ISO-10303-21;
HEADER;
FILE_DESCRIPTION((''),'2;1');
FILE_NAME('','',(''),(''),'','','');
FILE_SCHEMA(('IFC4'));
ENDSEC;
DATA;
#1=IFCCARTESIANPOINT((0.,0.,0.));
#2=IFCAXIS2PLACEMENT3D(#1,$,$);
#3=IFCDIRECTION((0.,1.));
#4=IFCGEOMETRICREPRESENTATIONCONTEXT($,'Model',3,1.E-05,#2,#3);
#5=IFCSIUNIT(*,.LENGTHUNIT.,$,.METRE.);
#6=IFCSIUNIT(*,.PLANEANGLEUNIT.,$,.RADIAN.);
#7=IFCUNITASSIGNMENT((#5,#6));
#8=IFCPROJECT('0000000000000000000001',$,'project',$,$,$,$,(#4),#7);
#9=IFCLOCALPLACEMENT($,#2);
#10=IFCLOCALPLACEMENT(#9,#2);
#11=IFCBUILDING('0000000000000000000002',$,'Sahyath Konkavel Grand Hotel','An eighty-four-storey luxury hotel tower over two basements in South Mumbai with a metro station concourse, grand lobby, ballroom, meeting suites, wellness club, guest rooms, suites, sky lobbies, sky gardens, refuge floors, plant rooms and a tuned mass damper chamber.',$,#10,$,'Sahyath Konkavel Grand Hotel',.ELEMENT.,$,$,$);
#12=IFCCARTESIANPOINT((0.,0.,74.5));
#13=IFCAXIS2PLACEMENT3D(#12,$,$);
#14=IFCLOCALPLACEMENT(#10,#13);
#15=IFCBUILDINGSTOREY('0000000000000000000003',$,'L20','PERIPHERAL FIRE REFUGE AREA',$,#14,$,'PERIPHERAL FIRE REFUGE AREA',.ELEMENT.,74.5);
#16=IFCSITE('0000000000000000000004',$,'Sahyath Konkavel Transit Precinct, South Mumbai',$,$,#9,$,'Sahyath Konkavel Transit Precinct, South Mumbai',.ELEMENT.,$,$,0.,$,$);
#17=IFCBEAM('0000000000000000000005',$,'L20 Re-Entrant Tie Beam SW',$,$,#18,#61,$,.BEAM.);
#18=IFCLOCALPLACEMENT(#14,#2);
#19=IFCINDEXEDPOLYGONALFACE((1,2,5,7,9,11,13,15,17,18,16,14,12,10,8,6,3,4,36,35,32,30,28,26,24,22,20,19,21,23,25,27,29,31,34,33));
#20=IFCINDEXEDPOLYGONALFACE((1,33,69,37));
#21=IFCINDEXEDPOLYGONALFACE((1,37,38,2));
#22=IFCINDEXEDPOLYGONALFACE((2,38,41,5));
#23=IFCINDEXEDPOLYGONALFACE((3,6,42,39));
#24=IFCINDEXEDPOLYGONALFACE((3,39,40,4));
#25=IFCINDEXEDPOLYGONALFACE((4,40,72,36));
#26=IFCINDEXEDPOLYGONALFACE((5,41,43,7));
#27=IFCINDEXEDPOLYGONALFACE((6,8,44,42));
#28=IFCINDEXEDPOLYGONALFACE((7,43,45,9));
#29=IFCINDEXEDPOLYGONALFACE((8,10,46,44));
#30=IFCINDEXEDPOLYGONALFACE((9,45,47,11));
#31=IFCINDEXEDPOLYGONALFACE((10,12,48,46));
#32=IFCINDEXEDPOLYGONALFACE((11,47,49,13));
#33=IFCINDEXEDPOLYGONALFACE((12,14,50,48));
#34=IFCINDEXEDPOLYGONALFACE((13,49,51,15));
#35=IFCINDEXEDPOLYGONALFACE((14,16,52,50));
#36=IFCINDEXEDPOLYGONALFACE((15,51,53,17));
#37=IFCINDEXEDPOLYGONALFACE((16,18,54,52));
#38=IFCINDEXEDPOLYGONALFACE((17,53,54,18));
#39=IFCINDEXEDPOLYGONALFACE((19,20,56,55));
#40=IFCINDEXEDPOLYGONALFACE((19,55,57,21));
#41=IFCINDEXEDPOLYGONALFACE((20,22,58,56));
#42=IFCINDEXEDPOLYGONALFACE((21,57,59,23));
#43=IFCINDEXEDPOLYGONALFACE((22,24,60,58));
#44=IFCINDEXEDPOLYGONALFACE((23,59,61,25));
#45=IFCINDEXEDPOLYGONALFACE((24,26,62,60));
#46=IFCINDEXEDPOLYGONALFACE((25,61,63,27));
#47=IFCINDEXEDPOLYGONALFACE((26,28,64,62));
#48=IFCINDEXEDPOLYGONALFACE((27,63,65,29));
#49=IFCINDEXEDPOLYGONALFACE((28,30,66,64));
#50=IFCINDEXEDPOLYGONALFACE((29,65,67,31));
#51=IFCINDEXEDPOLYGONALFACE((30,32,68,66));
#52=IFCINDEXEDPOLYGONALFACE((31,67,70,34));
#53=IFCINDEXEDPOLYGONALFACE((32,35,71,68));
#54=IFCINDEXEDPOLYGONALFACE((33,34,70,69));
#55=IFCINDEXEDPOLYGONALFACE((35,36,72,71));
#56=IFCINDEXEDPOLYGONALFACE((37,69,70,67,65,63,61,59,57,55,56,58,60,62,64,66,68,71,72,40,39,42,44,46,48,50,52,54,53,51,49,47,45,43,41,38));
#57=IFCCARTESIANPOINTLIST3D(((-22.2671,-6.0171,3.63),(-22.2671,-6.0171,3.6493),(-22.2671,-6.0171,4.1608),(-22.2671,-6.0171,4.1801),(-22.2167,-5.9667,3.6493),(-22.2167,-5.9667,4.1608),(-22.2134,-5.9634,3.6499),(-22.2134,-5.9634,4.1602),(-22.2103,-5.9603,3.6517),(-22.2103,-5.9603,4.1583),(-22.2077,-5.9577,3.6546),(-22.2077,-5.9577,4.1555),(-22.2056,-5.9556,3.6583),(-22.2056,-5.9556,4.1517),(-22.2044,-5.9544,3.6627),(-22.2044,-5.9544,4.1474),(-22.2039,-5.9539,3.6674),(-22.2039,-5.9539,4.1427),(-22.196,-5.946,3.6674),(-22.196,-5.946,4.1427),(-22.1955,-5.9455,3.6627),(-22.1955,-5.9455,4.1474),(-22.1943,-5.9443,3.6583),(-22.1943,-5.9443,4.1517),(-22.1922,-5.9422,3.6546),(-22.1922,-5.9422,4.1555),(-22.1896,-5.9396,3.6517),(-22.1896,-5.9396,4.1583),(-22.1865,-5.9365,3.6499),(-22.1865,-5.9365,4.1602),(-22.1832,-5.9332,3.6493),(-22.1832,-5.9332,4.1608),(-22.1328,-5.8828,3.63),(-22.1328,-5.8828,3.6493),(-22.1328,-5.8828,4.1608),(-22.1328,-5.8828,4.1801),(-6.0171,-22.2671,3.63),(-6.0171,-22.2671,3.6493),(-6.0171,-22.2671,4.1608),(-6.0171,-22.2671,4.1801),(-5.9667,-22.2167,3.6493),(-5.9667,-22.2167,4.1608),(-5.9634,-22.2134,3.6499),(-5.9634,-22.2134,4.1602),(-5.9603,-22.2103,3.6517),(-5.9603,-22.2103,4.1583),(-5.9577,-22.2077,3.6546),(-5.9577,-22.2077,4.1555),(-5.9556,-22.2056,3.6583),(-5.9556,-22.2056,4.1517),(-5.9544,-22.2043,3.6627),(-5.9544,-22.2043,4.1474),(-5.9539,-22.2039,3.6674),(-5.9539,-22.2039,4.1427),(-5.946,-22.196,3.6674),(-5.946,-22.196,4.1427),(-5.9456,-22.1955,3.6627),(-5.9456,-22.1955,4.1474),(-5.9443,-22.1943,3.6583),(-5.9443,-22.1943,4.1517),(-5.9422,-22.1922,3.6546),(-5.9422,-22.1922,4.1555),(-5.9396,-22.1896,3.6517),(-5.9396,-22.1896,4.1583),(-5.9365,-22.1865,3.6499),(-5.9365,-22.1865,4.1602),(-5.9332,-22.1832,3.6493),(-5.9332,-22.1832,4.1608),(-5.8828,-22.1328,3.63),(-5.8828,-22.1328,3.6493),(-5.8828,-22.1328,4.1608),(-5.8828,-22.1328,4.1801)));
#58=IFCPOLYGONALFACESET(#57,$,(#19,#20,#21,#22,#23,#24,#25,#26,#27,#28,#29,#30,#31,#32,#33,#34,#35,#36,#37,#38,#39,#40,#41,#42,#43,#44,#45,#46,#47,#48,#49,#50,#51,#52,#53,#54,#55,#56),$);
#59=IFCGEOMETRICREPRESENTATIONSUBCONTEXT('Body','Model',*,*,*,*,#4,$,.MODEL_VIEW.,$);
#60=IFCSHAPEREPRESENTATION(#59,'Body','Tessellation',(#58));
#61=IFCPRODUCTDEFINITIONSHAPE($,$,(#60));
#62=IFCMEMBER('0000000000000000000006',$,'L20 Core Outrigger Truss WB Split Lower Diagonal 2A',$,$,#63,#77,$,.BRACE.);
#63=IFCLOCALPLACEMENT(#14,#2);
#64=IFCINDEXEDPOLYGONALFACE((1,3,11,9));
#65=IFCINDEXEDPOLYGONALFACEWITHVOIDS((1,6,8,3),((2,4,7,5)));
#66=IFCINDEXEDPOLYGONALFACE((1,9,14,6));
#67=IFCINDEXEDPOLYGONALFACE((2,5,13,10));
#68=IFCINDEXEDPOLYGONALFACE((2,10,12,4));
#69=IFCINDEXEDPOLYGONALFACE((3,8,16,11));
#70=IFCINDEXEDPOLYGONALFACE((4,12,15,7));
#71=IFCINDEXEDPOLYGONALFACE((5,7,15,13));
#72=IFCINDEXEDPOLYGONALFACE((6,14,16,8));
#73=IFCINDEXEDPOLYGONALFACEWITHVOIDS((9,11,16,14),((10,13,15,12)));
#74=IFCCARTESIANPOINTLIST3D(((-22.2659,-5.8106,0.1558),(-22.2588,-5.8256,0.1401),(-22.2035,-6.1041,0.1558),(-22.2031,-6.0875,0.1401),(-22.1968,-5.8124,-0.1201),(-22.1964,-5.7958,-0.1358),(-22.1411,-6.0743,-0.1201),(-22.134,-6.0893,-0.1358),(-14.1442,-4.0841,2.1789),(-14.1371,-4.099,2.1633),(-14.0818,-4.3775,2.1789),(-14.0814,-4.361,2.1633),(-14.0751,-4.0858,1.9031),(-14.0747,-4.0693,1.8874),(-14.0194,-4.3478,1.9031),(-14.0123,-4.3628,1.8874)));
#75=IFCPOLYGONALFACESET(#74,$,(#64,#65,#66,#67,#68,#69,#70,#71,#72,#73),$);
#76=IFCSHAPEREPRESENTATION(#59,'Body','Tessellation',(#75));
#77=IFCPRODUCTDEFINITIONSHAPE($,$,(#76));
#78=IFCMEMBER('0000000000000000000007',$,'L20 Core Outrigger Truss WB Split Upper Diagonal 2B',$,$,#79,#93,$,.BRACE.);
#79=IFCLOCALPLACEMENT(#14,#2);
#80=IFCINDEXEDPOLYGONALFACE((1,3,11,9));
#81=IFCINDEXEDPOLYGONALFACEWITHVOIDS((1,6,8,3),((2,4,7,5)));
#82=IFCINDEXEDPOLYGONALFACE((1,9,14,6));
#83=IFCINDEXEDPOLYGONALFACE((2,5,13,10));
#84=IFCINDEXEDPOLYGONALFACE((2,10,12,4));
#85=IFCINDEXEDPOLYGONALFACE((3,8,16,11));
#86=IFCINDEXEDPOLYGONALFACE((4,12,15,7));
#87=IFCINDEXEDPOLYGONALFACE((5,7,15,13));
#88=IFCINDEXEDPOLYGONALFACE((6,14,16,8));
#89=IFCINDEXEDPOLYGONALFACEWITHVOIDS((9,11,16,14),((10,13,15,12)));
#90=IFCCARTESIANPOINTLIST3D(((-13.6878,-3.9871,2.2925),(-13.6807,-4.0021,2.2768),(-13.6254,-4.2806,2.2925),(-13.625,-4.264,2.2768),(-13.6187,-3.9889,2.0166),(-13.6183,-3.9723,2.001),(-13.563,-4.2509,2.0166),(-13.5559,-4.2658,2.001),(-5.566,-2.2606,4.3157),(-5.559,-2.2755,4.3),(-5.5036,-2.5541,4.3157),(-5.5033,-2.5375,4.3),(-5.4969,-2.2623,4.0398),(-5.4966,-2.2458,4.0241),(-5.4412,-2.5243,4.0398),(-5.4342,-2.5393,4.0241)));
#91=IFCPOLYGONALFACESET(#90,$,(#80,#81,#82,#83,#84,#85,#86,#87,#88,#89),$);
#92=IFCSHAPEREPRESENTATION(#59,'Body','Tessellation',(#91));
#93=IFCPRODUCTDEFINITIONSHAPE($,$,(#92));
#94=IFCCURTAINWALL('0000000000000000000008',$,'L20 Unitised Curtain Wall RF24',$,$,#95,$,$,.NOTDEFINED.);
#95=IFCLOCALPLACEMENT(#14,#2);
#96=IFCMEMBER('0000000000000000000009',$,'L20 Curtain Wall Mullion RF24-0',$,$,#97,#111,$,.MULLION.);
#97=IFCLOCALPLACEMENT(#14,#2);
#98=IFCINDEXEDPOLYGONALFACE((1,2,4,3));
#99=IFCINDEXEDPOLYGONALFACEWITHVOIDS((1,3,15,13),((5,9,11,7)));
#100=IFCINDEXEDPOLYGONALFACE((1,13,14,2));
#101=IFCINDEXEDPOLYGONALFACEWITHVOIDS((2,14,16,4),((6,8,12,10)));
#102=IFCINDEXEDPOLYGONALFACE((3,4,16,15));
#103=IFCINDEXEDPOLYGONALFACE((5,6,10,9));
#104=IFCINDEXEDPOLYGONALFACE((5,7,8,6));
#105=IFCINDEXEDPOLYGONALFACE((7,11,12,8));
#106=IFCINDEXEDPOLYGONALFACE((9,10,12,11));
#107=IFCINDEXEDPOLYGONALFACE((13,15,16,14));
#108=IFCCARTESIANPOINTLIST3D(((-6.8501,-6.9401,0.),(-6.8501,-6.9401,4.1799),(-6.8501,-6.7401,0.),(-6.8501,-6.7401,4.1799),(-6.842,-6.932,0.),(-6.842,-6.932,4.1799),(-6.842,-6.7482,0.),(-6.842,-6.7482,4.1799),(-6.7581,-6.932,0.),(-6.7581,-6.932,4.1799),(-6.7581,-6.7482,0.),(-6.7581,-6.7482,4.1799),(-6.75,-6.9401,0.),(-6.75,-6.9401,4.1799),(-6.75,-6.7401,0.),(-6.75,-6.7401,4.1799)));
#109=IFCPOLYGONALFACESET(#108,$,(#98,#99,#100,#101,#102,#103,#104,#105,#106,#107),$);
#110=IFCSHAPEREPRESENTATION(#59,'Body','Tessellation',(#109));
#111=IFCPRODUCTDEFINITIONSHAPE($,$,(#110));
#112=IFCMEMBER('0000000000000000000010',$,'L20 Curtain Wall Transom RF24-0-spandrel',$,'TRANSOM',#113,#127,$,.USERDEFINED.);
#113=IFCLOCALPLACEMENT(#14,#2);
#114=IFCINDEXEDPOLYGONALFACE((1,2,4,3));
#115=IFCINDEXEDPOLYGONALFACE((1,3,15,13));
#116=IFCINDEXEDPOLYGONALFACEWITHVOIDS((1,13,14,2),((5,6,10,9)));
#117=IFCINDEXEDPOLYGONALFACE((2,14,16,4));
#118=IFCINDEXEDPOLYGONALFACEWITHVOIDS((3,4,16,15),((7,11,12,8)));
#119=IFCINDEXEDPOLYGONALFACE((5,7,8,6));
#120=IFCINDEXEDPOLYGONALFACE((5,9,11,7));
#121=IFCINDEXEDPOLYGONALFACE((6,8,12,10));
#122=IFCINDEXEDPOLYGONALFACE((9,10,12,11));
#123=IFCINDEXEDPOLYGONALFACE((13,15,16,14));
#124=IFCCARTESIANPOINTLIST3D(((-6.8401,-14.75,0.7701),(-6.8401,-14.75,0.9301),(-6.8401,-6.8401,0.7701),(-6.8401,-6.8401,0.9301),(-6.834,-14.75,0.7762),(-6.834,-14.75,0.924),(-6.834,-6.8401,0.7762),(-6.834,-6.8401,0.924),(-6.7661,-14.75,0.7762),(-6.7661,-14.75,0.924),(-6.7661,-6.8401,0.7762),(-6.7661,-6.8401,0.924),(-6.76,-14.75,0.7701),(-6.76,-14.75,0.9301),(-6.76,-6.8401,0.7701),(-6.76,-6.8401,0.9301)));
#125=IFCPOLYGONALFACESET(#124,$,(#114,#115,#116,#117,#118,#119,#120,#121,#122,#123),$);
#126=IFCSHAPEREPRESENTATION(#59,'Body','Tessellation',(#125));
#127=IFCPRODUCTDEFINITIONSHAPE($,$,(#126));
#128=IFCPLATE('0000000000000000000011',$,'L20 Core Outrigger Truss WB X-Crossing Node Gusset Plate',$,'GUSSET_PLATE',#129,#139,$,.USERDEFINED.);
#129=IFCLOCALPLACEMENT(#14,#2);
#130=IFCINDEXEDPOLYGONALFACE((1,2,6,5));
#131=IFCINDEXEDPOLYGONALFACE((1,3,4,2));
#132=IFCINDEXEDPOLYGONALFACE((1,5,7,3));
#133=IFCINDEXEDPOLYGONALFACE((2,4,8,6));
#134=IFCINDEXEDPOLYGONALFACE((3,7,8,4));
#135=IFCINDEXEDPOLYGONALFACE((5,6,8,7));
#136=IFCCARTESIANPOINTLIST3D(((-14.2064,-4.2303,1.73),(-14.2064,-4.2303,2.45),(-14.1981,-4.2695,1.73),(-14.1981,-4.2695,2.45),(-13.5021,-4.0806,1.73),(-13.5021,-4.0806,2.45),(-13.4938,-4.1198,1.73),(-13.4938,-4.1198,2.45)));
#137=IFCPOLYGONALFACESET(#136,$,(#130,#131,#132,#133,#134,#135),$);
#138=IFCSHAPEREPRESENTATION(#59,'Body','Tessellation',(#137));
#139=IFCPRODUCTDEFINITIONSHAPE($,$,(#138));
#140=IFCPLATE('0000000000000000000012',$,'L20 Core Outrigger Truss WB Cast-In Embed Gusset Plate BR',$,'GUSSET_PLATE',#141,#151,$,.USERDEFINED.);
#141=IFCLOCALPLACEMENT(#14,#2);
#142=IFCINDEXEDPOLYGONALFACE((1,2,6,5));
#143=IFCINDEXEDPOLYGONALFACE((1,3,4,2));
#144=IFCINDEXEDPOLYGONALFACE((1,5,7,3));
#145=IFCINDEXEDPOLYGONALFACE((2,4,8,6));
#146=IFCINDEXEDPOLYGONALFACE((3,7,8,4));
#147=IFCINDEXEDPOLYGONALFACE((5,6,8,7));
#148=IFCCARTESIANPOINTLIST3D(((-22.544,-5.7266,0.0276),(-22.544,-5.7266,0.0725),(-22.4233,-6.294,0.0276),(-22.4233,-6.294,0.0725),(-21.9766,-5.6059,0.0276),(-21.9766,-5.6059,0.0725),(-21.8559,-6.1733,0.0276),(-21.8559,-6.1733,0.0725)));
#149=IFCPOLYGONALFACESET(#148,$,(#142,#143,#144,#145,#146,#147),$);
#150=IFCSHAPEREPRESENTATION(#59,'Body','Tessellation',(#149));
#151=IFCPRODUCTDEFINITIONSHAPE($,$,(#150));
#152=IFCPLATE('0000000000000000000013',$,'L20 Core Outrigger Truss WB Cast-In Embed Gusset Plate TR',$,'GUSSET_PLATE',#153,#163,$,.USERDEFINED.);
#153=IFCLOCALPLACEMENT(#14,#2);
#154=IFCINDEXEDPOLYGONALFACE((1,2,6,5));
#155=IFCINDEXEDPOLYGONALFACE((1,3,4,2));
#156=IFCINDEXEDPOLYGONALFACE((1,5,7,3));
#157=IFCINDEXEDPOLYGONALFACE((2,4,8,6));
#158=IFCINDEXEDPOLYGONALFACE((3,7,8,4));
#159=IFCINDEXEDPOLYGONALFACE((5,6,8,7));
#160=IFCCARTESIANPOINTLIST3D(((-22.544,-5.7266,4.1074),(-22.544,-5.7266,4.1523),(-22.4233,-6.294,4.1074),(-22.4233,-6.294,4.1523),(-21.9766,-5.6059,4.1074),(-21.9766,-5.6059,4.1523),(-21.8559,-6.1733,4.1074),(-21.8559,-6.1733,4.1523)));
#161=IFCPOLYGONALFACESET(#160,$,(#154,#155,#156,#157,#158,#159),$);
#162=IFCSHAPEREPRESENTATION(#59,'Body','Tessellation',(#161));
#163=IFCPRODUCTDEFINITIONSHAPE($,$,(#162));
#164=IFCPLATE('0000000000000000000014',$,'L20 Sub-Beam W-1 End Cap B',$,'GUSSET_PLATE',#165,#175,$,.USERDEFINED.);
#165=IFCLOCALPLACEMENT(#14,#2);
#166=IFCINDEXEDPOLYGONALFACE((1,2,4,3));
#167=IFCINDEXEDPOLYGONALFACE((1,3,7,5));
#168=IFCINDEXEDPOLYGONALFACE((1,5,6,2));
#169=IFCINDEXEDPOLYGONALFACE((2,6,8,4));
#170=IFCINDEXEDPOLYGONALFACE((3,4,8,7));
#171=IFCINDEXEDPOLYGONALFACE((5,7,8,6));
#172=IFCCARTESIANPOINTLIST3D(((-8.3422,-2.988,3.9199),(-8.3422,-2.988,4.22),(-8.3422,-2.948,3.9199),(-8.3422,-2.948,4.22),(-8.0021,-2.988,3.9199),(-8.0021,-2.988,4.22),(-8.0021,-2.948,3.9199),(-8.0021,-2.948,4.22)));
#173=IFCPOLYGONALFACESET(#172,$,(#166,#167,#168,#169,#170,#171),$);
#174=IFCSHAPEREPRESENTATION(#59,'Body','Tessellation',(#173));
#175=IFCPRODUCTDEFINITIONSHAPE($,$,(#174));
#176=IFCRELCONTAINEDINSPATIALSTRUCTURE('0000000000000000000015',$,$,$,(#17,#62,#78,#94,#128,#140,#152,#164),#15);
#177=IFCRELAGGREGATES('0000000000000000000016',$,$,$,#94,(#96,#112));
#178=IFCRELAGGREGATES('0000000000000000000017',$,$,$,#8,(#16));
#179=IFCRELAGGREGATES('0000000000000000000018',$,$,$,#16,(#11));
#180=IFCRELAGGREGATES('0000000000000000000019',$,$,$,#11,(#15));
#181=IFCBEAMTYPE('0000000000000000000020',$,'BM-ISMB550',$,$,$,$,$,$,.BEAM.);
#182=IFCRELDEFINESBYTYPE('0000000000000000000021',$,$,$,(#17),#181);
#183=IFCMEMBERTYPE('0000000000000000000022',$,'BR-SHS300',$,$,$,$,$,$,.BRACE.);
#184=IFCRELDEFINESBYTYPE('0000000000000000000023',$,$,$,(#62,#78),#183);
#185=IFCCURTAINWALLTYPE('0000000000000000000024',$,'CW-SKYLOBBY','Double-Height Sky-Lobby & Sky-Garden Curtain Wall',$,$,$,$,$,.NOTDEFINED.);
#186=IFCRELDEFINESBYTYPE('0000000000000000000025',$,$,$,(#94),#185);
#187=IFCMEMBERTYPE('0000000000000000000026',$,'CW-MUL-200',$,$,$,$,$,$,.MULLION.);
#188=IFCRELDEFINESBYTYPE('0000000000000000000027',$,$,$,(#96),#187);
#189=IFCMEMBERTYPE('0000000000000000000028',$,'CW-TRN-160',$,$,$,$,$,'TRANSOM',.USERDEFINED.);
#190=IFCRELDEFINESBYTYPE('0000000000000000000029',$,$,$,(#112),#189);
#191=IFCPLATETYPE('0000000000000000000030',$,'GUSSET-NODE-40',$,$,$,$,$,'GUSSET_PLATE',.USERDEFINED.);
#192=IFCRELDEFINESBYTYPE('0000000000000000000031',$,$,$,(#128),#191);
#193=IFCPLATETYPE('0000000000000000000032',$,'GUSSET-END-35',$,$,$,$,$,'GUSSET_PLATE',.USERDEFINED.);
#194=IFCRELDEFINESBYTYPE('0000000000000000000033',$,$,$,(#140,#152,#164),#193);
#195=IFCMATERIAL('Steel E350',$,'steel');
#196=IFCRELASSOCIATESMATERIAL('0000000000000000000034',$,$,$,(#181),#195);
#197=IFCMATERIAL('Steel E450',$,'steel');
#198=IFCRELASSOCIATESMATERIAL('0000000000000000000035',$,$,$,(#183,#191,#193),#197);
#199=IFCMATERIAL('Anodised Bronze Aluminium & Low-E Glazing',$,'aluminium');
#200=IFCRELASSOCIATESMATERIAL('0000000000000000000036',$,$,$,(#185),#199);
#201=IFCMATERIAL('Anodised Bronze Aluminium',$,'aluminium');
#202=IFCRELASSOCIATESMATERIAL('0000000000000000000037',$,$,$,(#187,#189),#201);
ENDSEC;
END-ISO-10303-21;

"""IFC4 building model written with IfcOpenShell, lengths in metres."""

from ifc_helpers import new_model, si_unit, direction, frame, origin, origin_2d, place, context, subcontext, project, spatial, rectangle, hollow_rectangle, i_section, extrude, source, transform, mapped, material, material_profile, profile_set, type_object, element, aggregate, save


model = new_model("IFC4")

# Units and contexts
model_context = context("Model", 3, precision=1e-05, world=origin(), true_north=direction((0.0, 1.0)))
body_context = subcontext(model_context, "Body", "Model", "MODEL_VIEW")
ifc_project = project(units=[si_unit("LENGTHUNIT", "METRE"), si_unit("PLANEANGLEUNIT", "RADIAN")], contexts=[model_context])

# Site, building, storey
site_placement = place(None, origin())
site = spatial("IfcSite", under=ifc_project, at=site_placement, Name="Sahyath Konkavel Transit Precinct, South Mumbai", LongName="Sahyath Konkavel Transit Precinct, South Mumbai", CompositionType="ELEMENT", RefElevation=0.0)
building_placement = place(site_placement, origin())
building = spatial("IfcBuilding", under=site, at=building_placement, Name="Sahyath Konkavel Grand Hotel", Description="An eighty-four-storey luxury hotel tower over two basements in South Mumbai with a metro station concourse, grand lobby, ballroom, meeting suites, wellness club, guest rooms, suites, sky lobbies, sky gardens, refuge floors, plant rooms and a tuned mass damper chamber.", LongName="Sahyath Konkavel Grand Hotel", CompositionType="ELEMENT")
storey_placement = place(building_placement, frame((0.0, 0.0, 74.5)))
storey = spatial("IfcBuildingStorey", under=building, at=storey_placement, Name="L20", Description="PERIPHERAL FIRE REFUGE AREA", LongName="PERIPHERAL FIRE REFUGE AREA", CompositionType="ELEMENT", Elevation=74.5)

# Shared definitions
ifc_material_1 = material(Name="Steel E450", Category="steel")

# Beam
ifc_material_2 = material(Name="Steel E350", Category="steel")
ifc_material_profile_1 = material_profile(ifc_material_2, i_section(OverallWidth=0.1899, OverallDepth=0.55, WebThickness=0.0112, FlangeThickness=0.0193, FilletRadius=0.0181, at=origin_2d()), Name="ISMB 550")
ifc_profile_set_1 = profile_set([ifc_material_profile_1], Name="Steel E350")
beam_type_1 = type_object("IfcBeamType", Name="BM-ISMB550", PredefinedType="BEAM", material=ifc_profile_set_1)
shared_shape_1 = source(origin(), body_context, "Body", "SweptSolid", [
    extrude(i_section(OverallWidth=0.1899, OverallDepth=0.55, WebThickness=0.0112, FlangeThickness=0.0193, FilletRadius=0.0181, at=origin_2d()), origin(), (0.0, 0.0, 1.0), 22.981),
])
beam_1_placement = place(storey_placement, frame((-22.2, -5.95, 3.905), z_axis=(0.707107, -0.707107, 0.0), x_axis=(0.707107, 0.707107, 0.0)))
element("IfcBeam", 1, at=beam_1_placement, inside=storey, type_object=beam_type_1, Name="L20 Re-Entrant Tie Beam SW", PredefinedType="BEAM", context=body_context, shape_type="MappedRepresentation", body=[
    mapped(shared_shape_1, transform((0.0, 0.0, 0.0), scale=1.0)),
])

# Members
ifc_material_profile_2 = material_profile(ifc_material_1, hollow_rectangle(XDim=0.3, YDim=0.3, WallThickness=0.0161, at=origin_2d()), Name="SHS 300x300x16")
ifc_profile_set_2 = profile_set([ifc_material_profile_2], Name="Steel E450")
member_type_1 = type_object("IfcMemberType", Name="BR-SHS300", PredefinedType="BRACE", material=ifc_profile_set_2)
shared_shape_2 = source(origin(), body_context, "Body", "SweptSolid", [
    extrude(hollow_rectangle(XDim=0.3, YDim=0.3, WallThickness=0.0161, at=origin_2d()), origin(), (0.0, 0.0, 1.0), 8.5461),
])
for number, where, z_axis, x_axis, name in (
    (2, (-22.2, -5.95, 0.01), (0.950338, 0.202026, 0.236735), (-0.207936, 0.978142, 0.0), "L20 Core Outrigger Truss WB Split Lower Diagonal 2A"),
    (3, (-13.6218, -4.1265, 2.1467), (0.950338, 0.202026, 0.236735), (-0.207936, 0.978142, 0.0), "L20 Core Outrigger Truss WB Split Upper Diagonal 2B"),
):
    element("IfcMember", number, at=place(storey_placement, frame(where, z_axis=z_axis, x_axis=x_axis)), inside=storey, type_object=member_type_1, Name=name, PredefinedType="BRACE", context=body_context, shape_type="MappedRepresentation", body=[
        mapped(shared_shape_2, transform((0.0, 0.0, 0.0), scale=1.0)),
    ])

# Curtain wall, members
ifc_material_3 = material(Name="Anodised Bronze Aluminium & Low-E Glazing", Category="aluminium")
curtain_wall_type = type_object("IfcCurtainWallType", Name="CW-SKYLOBBY", Description="Double-Height Sky-Lobby & Sky-Garden Curtain Wall", PredefinedType="NOTDEFINED", material=ifc_material_3)
curtain_wall_placement = place(storey_placement, origin())
curtain_wall = element("IfcCurtainWall", 4, at=curtain_wall_placement, inside=storey, type_object=curtain_wall_type, Name="L20 Unitised Curtain Wall RF24", PredefinedType="NOTDEFINED")
ifc_material_4 = material(Name="Anodised Bronze Aluminium", Category="aluminium")
ifc_material_profile_3 = material_profile(ifc_material_4, hollow_rectangle(XDim=0.1001, YDim=0.2, WallThickness=0.0081, at=origin_2d()), Name="RHS 200x100x8")
ifc_profile_set_3 = profile_set([ifc_material_profile_3], Name="Anodised Bronze Aluminium")
member_type_2 = type_object("IfcMemberType", Name="CW-MUL-200", PredefinedType="MULLION", material=ifc_profile_set_3)
shared_shape_3 = source(origin(), body_context, "Body", "SweptSolid", [
    extrude(hollow_rectangle(XDim=0.1001, YDim=0.2, WallThickness=0.0081, at=origin_2d()), origin(), (0.0, 0.0, 1.0), 4.1799),
])
member_1_placement = place(storey_placement, frame((-6.8, -6.8401, 0.0), z_axis=(0.0, 0.0, 1.0), x_axis=(1.0, 0.0, 0.0)))
member_1 = element("IfcMember", 5, at=member_1_placement, type_object=member_type_2, Name="L20 Curtain Wall Mullion RF24-0", PredefinedType="MULLION", context=body_context, shape_type="MappedRepresentation", body=[
    mapped(shared_shape_3, transform((0.0, 0.0, 0.0), scale=1.0)),
])
ifc_material_profile_4 = material_profile(ifc_material_4, hollow_rectangle(XDim=0.0801, YDim=0.1599, WallThickness=0.0061, at=origin_2d()), Name="RHS 160x80x6")
ifc_profile_set_4 = profile_set([ifc_material_profile_4], Name="Anodised Bronze Aluminium")
member_type_3 = type_object("IfcMemberType", Name="CW-TRN-160", ElementType="TRANSOM", PredefinedType="USERDEFINED", material=ifc_profile_set_4)
shared_shape_4 = source(origin(), body_context, "Body", "SweptSolid", [
    extrude(hollow_rectangle(XDim=0.0801, YDim=0.1599, WallThickness=0.0061, at=origin_2d()), origin(), (0.0, 0.0, 1.0), 7.9099),
])
member_2_placement = place(storey_placement, frame((-6.8, -6.8401, 0.8501), z_axis=(0.0, -1.0, 0.0), x_axis=(1.0, 0.0, 0.0)))
member_2 = element("IfcMember", 6, at=member_2_placement, type_object=member_type_3, Name="L20 Curtain Wall Transom RF24-0-spandrel", ObjectType="TRANSOM", PredefinedType="USERDEFINED", context=body_context, shape_type="MappedRepresentation", body=[
    mapped(shared_shape_4, transform((0.0, 0.0, 0.0), scale=1.0)),
])
aggregate(curtain_wall, [member_1, member_2])

# Plates
plate_type_1 = type_object("IfcPlateType", Name="GUSSET-NODE-40", ElementType="GUSSET_PLATE", PredefinedType="USERDEFINED", material=ifc_material_1)
shared_shape_5 = source(origin(), body_context, "Body", "SweptSolid", [
    extrude(rectangle(XDim=0.72, YDim=0.04, at=origin_2d()), origin(), (0.0, 0.0, 1.0), 0.72),
])
plate_1_placement = place(storey_placement, frame((-13.8501, -4.175, 1.73), z_axis=(0.0, 0.0, 1.0), x_axis=(-0.978144, -0.207929, 0.0)))
element("IfcPlate", 7, at=plate_1_placement, inside=storey, type_object=plate_type_1, Name="L20 Core Outrigger Truss WB X-Crossing Node Gusset Plate", ObjectType="GUSSET_PLATE", PredefinedType="USERDEFINED", context=body_context, shape_type="MappedRepresentation", body=[
    mapped(shared_shape_5, transform((0.0, 0.0, 0.0), scale=1.0)),
])
plate_type_2 = type_object("IfcPlateType", Name="GUSSET-END-35", ElementType="GUSSET_PLATE", PredefinedType="USERDEFINED", material=ifc_material_1)
shared_shape_6 = source(origin(), body_context, "Body", "SweptSolid", [
    extrude(rectangle(XDim=0.5801, YDim=0.5801, at=origin_2d()), origin(), (0.0, 0.0, 1.0), 0.0449),
])
for number, where, z_axis, x_axis, name in (
    (8, (-22.2, -5.95, 0.0276), (0.0, 0.0, 1.0), (-0.978144, -0.207929, 0.0), "L20 Core Outrigger Truss WB Cast-In Embed Gusset Plate BR"),
    (9, (-22.2, -5.95, 4.1074), (0.0, 0.0, 1.0), (-0.978144, -0.207929, 0.0), "L20 Core Outrigger Truss WB Cast-In Embed Gusset Plate TR"),
):
    element("IfcPlate", number, at=place(storey_placement, frame(where, z_axis=z_axis, x_axis=x_axis)), inside=storey, type_object=plate_type_2, Name=name, ObjectType="GUSSET_PLATE", PredefinedType="USERDEFINED", context=body_context, shape_type="MappedRepresentation", body=[
        mapped(shared_shape_6, transform((0.0, 0.0, 0.0), scale=1.0)),
    ])
shared_shape_7 = source(origin(), body_context, "Body", "SweptSolid", [
    extrude(rectangle(XDim=0.04, YDim=0.3401, at=origin_2d()), origin(), (0.0, 0.0, 1.0), 0.3),
])
plate_2_placement = place(storey_placement, frame((-8.1721, -2.968, 3.9199), z_axis=(0.0, 0.0, 1.0), x_axis=(0.0, -1.0, 0.0)))
element("IfcPlate", 10, at=plate_2_placement, inside=storey, type_object=plate_type_2, Name="L20 Sub-Beam W-1 End Cap B", ObjectType="GUSSET_PLATE", PredefinedType="USERDEFINED", context=body_context, shape_type="MappedRepresentation", body=[
    mapped(shared_shape_7, transform((0.0, 0.0, 0.0), scale=1.0)),
])

save(model, "model.ifc")
